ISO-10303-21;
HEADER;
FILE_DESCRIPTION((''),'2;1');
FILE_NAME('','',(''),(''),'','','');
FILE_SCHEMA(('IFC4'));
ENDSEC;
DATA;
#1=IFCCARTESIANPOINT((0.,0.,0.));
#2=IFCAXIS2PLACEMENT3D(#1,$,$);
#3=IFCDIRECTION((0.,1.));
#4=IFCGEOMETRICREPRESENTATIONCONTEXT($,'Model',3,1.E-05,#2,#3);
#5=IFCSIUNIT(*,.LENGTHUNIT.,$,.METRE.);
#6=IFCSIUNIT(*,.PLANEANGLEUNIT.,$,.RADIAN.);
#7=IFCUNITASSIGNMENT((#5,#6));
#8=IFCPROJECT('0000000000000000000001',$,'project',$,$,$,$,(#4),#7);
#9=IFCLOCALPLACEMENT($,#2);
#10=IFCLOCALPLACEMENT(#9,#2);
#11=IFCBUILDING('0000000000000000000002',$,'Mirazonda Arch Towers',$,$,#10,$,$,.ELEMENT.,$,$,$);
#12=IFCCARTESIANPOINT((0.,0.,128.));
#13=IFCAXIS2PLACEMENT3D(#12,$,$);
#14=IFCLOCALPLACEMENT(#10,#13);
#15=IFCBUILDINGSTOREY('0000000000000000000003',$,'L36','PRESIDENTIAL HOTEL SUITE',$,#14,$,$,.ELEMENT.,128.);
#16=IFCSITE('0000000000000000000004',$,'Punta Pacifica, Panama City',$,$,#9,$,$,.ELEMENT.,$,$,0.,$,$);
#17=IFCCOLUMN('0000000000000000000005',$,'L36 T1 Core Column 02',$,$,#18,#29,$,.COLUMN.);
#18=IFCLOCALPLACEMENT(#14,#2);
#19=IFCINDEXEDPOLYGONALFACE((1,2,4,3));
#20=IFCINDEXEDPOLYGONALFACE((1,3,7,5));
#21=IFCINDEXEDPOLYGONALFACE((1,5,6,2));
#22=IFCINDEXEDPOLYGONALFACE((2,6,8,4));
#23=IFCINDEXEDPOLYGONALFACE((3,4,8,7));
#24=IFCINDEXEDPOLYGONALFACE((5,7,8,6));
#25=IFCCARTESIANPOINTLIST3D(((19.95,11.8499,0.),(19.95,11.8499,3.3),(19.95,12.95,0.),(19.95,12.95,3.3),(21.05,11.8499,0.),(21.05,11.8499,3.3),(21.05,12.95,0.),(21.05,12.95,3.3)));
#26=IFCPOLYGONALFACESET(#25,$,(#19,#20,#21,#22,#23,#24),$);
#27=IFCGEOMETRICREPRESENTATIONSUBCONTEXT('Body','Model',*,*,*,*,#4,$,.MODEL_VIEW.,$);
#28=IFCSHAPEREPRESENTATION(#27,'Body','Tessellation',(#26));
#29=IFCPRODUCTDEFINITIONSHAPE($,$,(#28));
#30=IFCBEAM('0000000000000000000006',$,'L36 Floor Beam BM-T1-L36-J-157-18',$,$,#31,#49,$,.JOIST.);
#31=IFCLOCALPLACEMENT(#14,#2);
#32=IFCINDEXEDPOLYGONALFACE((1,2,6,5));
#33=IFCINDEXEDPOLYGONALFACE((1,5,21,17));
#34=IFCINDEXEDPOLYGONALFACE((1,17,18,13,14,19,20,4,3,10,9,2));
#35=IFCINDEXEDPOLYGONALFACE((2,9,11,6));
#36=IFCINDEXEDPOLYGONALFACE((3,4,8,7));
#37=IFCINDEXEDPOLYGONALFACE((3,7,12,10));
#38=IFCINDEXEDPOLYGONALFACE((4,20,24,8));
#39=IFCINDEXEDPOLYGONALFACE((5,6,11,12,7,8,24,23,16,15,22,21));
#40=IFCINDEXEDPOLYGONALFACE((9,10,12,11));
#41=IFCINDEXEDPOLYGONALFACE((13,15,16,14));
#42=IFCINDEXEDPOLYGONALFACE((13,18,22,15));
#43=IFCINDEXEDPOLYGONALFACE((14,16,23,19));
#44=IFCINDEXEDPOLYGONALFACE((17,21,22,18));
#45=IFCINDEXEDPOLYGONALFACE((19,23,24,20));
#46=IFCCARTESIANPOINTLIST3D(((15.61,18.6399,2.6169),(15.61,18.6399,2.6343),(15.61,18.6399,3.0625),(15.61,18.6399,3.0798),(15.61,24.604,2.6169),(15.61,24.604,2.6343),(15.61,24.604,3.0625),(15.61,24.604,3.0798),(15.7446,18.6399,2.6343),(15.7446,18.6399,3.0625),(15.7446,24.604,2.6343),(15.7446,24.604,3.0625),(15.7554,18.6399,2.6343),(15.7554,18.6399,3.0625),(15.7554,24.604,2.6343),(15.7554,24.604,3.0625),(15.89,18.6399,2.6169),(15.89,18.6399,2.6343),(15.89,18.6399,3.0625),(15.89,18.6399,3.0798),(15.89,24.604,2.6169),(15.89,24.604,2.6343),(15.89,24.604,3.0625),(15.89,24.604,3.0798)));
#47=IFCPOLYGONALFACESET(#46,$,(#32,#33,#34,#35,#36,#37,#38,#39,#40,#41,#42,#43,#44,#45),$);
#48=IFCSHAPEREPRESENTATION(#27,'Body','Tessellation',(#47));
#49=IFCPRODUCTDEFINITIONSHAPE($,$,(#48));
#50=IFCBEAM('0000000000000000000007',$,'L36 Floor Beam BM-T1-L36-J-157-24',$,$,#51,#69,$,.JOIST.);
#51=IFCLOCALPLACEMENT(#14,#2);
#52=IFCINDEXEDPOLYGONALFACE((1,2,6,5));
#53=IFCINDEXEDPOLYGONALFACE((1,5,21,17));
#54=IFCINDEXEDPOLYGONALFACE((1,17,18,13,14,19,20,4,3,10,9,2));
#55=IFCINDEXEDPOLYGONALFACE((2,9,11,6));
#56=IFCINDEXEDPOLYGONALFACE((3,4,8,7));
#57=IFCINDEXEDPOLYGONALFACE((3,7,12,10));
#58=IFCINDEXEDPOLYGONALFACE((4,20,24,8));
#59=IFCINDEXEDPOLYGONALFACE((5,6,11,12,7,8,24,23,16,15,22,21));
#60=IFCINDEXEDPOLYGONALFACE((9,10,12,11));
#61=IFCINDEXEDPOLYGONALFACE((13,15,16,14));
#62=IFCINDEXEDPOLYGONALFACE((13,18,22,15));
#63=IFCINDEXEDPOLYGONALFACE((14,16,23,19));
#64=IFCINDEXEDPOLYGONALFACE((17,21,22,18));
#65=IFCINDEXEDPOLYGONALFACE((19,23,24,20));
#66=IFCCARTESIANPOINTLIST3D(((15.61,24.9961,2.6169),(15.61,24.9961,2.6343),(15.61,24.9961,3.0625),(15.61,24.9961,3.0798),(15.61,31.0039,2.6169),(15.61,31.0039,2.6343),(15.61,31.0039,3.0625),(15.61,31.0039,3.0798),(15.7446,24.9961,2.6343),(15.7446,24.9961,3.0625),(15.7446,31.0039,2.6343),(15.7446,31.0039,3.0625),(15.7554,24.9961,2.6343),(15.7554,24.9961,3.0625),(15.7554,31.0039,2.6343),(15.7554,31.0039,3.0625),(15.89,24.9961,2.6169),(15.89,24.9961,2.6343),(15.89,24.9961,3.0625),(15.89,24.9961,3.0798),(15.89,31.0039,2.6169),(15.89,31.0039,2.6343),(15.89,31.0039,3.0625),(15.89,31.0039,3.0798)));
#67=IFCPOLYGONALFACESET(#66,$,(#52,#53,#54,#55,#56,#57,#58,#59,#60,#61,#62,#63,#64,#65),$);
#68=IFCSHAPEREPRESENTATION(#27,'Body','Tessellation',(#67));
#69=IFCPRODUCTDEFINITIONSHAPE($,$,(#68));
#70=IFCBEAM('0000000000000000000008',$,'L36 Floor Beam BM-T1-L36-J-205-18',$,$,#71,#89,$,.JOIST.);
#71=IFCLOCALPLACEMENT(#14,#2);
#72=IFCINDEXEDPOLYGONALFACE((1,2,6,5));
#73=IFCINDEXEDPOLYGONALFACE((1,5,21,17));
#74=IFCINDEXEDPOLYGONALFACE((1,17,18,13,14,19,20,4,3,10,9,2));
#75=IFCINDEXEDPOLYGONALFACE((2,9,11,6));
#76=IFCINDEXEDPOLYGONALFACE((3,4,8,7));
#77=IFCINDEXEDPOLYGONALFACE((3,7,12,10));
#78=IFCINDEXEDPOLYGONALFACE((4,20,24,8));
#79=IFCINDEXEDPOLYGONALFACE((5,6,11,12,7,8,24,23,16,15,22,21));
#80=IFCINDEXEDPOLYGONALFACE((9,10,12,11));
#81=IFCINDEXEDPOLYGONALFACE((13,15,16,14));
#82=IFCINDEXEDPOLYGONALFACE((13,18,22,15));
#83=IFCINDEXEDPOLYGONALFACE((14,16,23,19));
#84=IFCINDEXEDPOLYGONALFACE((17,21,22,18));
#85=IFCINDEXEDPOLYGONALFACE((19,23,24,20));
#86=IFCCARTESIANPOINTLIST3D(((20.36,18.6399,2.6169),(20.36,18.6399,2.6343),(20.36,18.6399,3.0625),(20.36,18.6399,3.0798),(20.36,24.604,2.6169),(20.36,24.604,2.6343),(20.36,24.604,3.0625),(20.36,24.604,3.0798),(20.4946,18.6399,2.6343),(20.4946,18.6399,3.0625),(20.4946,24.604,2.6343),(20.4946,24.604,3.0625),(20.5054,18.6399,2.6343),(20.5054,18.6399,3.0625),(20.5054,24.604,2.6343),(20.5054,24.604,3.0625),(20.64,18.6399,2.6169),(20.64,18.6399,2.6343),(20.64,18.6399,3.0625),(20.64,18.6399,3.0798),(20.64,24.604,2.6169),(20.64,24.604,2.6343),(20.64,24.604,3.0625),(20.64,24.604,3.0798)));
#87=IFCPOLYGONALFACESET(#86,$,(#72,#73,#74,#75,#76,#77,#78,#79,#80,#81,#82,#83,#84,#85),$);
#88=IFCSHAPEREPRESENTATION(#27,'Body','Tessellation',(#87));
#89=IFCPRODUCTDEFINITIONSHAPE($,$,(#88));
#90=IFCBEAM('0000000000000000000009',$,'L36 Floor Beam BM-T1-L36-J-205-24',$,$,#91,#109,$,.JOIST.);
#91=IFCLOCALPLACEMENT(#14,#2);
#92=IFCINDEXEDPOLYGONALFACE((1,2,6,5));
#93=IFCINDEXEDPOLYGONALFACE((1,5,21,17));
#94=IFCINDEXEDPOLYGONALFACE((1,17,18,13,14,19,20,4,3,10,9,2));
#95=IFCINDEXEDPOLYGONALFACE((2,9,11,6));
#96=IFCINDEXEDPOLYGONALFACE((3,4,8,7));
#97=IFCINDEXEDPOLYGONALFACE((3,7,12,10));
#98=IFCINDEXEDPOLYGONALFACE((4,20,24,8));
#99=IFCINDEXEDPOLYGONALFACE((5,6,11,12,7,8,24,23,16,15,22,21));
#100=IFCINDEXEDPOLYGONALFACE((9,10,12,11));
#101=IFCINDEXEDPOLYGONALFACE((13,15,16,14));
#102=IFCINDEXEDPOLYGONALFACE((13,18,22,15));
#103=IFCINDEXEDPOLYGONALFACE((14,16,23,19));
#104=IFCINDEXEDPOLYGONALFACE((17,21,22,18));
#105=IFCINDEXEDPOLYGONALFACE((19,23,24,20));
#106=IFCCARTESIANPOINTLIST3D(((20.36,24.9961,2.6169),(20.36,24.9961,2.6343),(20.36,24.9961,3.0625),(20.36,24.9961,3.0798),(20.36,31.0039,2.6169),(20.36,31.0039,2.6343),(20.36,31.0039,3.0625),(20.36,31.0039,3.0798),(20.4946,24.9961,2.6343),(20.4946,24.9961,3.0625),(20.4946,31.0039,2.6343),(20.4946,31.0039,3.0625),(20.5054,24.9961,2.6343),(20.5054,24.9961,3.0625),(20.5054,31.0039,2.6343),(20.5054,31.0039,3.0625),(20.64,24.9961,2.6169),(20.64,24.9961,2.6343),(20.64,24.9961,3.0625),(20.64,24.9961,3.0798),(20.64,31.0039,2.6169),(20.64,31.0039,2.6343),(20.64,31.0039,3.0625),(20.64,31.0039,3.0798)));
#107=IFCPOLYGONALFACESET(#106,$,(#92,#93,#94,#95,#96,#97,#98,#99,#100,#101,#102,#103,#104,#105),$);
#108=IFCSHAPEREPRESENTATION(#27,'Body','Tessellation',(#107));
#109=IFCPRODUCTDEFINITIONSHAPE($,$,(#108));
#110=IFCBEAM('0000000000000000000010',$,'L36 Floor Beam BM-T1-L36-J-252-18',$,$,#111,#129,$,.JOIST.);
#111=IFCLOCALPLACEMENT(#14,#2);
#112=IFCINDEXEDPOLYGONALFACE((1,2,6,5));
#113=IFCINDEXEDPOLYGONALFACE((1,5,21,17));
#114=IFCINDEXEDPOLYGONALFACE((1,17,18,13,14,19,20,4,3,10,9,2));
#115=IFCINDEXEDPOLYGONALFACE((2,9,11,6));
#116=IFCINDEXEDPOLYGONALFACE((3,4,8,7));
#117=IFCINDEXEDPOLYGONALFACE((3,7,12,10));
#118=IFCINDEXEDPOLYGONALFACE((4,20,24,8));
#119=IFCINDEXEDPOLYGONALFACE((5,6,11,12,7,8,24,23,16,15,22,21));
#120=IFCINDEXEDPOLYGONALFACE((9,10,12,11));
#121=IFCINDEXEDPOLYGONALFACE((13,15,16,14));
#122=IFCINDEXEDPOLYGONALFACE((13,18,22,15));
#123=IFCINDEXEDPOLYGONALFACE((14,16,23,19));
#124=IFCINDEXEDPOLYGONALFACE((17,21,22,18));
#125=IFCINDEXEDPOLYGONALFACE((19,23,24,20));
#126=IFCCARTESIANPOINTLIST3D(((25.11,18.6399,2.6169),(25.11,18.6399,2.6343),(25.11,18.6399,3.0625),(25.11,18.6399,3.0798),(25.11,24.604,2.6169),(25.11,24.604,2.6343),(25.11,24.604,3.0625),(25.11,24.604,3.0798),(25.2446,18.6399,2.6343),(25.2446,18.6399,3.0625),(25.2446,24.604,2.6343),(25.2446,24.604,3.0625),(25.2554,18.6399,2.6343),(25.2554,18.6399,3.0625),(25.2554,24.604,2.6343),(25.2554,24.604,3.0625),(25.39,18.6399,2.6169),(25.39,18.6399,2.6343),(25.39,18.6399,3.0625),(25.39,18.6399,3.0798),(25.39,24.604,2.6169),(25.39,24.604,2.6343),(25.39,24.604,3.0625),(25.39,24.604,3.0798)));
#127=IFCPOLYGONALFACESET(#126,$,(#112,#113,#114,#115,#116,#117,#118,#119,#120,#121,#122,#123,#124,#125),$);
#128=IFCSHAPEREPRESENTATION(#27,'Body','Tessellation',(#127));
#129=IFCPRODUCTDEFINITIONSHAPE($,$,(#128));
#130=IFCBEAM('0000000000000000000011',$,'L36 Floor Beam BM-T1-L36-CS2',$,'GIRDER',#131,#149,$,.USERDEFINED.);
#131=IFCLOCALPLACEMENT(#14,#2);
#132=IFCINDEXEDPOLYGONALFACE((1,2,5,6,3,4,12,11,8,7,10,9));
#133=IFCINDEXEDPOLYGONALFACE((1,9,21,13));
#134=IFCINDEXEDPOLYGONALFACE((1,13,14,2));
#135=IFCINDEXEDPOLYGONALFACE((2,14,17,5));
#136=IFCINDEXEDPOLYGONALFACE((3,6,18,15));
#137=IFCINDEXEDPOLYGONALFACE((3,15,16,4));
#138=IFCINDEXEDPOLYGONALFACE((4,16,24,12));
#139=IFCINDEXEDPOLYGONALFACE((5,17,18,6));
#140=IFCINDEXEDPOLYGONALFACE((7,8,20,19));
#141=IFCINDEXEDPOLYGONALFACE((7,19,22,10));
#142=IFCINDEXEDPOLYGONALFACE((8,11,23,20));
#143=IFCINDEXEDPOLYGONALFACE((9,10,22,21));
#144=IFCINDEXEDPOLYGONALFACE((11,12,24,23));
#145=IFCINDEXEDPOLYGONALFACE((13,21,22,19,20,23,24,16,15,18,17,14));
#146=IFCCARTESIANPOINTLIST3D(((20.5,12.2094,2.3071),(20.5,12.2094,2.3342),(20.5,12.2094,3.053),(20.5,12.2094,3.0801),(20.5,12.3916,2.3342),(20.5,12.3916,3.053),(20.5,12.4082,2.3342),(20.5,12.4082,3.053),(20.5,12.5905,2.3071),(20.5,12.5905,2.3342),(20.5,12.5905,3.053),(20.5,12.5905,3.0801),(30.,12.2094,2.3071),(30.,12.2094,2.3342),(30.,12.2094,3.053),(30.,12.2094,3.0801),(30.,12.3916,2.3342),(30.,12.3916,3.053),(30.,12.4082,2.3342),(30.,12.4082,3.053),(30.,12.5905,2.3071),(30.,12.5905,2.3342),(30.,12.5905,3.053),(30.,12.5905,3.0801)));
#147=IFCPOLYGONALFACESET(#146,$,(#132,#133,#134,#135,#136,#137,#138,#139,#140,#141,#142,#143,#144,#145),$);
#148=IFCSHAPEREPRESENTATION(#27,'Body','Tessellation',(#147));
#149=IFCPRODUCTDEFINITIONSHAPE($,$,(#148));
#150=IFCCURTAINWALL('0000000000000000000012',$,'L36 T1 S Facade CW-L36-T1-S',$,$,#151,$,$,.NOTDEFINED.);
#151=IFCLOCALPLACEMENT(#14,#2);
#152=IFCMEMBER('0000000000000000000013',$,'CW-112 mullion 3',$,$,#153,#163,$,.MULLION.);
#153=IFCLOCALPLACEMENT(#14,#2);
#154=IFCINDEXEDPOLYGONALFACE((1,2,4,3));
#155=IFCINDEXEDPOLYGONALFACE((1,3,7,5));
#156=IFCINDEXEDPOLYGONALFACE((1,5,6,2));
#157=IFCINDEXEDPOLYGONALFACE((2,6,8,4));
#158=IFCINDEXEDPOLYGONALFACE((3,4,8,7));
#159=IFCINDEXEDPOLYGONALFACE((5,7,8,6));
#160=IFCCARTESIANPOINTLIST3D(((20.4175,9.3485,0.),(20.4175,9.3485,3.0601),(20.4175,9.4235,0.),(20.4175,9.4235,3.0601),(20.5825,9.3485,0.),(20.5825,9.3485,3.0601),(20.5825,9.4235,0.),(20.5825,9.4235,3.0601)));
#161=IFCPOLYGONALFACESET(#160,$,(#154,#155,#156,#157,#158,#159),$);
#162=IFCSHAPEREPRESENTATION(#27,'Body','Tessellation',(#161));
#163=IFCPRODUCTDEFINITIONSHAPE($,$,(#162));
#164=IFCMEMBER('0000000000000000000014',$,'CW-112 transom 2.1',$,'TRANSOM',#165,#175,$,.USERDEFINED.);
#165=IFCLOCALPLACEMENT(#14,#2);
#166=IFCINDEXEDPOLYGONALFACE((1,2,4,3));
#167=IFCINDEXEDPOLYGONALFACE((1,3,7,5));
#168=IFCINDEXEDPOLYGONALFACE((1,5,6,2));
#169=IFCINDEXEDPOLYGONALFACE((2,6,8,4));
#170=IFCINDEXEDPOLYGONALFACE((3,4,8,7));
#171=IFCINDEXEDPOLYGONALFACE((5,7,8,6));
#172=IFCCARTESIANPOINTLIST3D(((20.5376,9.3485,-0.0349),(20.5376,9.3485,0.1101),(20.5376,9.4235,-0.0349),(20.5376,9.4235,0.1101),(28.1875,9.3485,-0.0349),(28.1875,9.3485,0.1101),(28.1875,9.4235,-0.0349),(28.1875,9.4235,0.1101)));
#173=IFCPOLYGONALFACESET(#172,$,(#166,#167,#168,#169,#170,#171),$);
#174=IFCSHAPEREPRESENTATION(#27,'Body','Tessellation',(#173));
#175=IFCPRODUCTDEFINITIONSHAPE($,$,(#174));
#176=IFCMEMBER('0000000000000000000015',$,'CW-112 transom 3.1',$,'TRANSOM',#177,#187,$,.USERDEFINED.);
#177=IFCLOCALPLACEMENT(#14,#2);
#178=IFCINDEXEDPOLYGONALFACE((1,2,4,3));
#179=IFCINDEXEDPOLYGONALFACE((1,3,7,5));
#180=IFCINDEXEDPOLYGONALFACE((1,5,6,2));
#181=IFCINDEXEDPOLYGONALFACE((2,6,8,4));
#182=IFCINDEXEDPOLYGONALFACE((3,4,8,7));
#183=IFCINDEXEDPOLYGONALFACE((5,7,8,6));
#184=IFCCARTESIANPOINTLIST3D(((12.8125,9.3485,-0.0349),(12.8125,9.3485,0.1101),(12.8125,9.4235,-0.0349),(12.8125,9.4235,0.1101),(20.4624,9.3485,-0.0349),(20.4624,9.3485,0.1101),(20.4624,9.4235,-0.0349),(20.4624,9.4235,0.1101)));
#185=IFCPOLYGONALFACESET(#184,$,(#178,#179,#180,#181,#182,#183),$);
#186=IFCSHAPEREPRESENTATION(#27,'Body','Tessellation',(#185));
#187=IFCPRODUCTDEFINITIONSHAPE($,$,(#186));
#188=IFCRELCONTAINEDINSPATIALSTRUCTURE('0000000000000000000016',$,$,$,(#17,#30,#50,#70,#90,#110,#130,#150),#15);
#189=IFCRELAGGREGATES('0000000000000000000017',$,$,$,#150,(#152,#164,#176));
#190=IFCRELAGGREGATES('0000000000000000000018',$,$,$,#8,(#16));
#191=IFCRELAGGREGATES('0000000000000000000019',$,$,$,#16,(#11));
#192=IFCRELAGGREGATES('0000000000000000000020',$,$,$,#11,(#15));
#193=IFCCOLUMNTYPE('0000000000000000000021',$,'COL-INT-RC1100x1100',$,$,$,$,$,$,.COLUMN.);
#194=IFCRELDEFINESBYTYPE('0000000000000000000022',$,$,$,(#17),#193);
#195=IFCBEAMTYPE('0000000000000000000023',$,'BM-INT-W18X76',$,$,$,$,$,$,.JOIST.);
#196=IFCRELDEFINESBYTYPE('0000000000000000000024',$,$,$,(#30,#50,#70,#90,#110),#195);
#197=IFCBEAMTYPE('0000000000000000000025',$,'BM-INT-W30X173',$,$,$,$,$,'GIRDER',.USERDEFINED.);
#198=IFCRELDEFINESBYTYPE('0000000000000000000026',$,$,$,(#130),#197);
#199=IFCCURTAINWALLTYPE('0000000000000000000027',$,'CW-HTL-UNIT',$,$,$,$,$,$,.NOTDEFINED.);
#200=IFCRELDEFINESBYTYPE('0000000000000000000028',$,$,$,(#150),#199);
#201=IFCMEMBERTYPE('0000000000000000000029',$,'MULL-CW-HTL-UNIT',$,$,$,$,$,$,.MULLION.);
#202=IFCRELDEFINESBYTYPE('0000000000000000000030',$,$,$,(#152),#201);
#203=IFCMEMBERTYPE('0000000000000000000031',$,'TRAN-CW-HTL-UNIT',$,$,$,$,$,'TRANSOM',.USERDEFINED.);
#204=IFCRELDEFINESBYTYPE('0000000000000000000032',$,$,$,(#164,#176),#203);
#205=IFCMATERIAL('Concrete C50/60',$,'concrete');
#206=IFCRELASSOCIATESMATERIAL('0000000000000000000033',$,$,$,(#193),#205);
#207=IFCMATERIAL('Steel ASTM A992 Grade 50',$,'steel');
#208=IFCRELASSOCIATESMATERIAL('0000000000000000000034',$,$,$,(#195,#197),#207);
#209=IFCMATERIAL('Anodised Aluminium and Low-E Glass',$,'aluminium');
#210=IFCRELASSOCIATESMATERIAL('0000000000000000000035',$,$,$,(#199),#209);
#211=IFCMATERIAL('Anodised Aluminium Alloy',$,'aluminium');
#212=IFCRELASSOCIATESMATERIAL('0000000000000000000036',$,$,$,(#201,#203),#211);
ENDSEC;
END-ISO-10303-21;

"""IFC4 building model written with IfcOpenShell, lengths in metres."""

from ifc_helpers import new_model, si_unit, direction, frame, origin, origin_2d, place, context, subcontext, project, spatial, rectangle, i_section, extrude, material, material_profile, profile_set, type_object, element, aggregate, save


model = new_model("IFC4")

# Units and contexts
model_context = context("Model", 3, precision=1e-05, world=origin(), true_north=direction((0.0, 1.0)))
body_context = subcontext(model_context, "Body", "Model", "MODEL_VIEW")
ifc_project = project(units=[si_unit("LENGTHUNIT", "METRE"), si_unit("PLANEANGLEUNIT", "RADIAN")], contexts=[model_context])

# Site, building, storey
site_placement = place(None, origin())
site = spatial("IfcSite", under=ifc_project, at=site_placement, Name="Punta Pacifica, Panama City", CompositionType="ELEMENT", RefElevation=0.0)
building_placement = place(site_placement, origin())
building = spatial("IfcBuilding", under=site, at=building_placement, Name="Mirazonda Arch Towers", CompositionType="ELEMENT")
storey_placement = place(building_placement, frame((0.0, 0.0, 128.0)))
storey = spatial("IfcBuildingStorey", under=building, at=storey_placement, Name="L36", Description="PRESIDENTIAL HOTEL SUITE", CompositionType="ELEMENT", Elevation=128.0)

# Column
ifc_material_1 = material(Name="Concrete C50/60", Category="concrete")
ifc_material_profile_1 = material_profile(ifc_material_1, rectangle(XDim=1.1001, YDim=1.1001, at=origin_2d()), Name="RC1100x1100")
ifc_profile_set_1 = profile_set([ifc_material_profile_1], Name="Concrete C50/60")
column_type = type_object("IfcColumnType", Name="COL-INT-RC1100x1100", PredefinedType="COLUMN", material=ifc_profile_set_1)
column_placement = place(storey_placement, frame((20.5, 12.3999, 0.0), z_axis=(0.0, 0.0, 1.0), x_axis=(1.0, 0.0, 0.0)))
element("IfcColumn", 1, at=column_placement, inside=storey, type_object=column_type, Name="L36 T1 Core Column 02", PredefinedType="COLUMN", context=body_context, shape_type="SweptSolid", body=[
    extrude(rectangle(XDim=1.1001, YDim=1.1001, at=origin_2d()), origin(), (0.0, 0.0, 1.0), 3.3),
])

# Beams
ifc_material_2 = material(Name="Steel ASTM A992 Grade 50", Category="steel")
ifc_material_profile_2 = material_profile(ifc_material_2, i_section(OverallWidth=0.28, OverallDepth=0.4629, WebThickness=0.0107, FlangeThickness=0.0173, at=origin_2d()), Name="W18X76")
ifc_profile_set_2 = profile_set([ifc_material_profile_2], Name="Steel ASTM A992 Grade 50")
beam_type_1 = type_object("IfcBeamType", Name="BM-INT-W18X76", PredefinedType="JOIST", material=ifc_profile_set_2)
beam_1_placement = place(storey_placement, frame((15.75, 18.6399, 2.8484), z_axis=(0.0, 1.0, 0.0), x_axis=(-1.0, 0.0, 0.0)))
element("IfcBeam", 2, at=beam_1_placement, inside=storey, type_object=beam_type_1, Name="L36 Floor Beam BM-T1-L36-J-157-18", PredefinedType="JOIST", context=body_context, shape_type="SweptSolid", body=[
    extrude(i_section(OverallWidth=0.28, OverallDepth=0.4629, WebThickness=0.0107, FlangeThickness=0.0173, at=origin_2d()), origin(), (0.0, 0.0, 1.0), 5.9641),
])
beam_2_placement = place(storey_placement, frame((15.75, 24.9961, 2.8484), z_axis=(0.0, 1.0, 0.0), x_axis=(-1.0, 0.0, 0.0)))
element("IfcBeam", 3, at=beam_2_placement, inside=storey, type_object=beam_type_1, Name="L36 Floor Beam BM-T1-L36-J-157-24", PredefinedType="JOIST", context=body_context, shape_type="SweptSolid", body=[
    extrude(i_section(OverallWidth=0.28, OverallDepth=0.4629, WebThickness=0.0107, FlangeThickness=0.0173, at=origin_2d()), origin(), (0.0, 0.0, 1.0), 6.0078),
])
beam_3_placement = place(storey_placement, frame((20.5, 18.6399, 2.8484), z_axis=(0.0, 1.0, 0.0), x_axis=(-1.0, 0.0, 0.0)))
element("IfcBeam", 4, at=beam_3_placement, inside=storey, type_object=beam_type_1, Name="L36 Floor Beam BM-T1-L36-J-205-18", PredefinedType="JOIST", context=body_context, shape_type="SweptSolid", body=[
    extrude(i_section(OverallWidth=0.28, OverallDepth=0.4629, WebThickness=0.0107, FlangeThickness=0.0173, at=origin_2d()), origin(), (0.0, 0.0, 1.0), 5.9641),
])
beam_4_placement = place(storey_placement, frame((20.5, 24.9961, 2.8484), z_axis=(0.0, 1.0, 0.0), x_axis=(-1.0, 0.0, 0.0)))
element("IfcBeam", 5, at=beam_4_placement, inside=storey, type_object=beam_type_1, Name="L36 Floor Beam BM-T1-L36-J-205-24", PredefinedType="JOIST", context=body_context, shape_type="SweptSolid", body=[
    extrude(i_section(OverallWidth=0.28, OverallDepth=0.4629, WebThickness=0.0107, FlangeThickness=0.0173, at=origin_2d()), origin(), (0.0, 0.0, 1.0), 6.0078),
])
beam_5_placement = place(storey_placement, frame((25.25, 18.6399, 2.8484), z_axis=(0.0, 1.0, 0.0), x_axis=(-1.0, 0.0, 0.0)))
element("IfcBeam", 6, at=beam_5_placement, inside=storey, type_object=beam_type_1, Name="L36 Floor Beam BM-T1-L36-J-252-18", PredefinedType="JOIST", context=body_context, shape_type="SweptSolid", body=[
    extrude(i_section(OverallWidth=0.28, OverallDepth=0.4629, WebThickness=0.0107, FlangeThickness=0.0173, at=origin_2d()), origin(), (0.0, 0.0, 1.0), 5.9641),
])
ifc_material_profile_3 = material_profile(ifc_material_2, i_section(OverallWidth=0.3811, OverallDepth=0.7729, WebThickness=0.0166, FlangeThickness=0.0271, at=origin_2d()), Name="W30X173")
ifc_profile_set_3 = profile_set([ifc_material_profile_3], Name="Steel ASTM A992 Grade 50")
beam_type_2 = type_object("IfcBeamType", Name="BM-INT-W30X173", ElementType="GIRDER", PredefinedType="USERDEFINED", material=ifc_profile_set_3)
beam_6_placement = place(storey_placement, frame((20.5, 12.3999, 2.6936), z_axis=(1.0, 0.0, 0.0), x_axis=(0.0, 1.0, 0.0)))
element("IfcBeam", 7, at=beam_6_placement, inside=storey, type_object=beam_type_2, Name="L36 Floor Beam BM-T1-L36-CS2", ObjectType="GIRDER", PredefinedType="USERDEFINED", context=body_context, shape_type="SweptSolid", body=[
    extrude(i_section(OverallWidth=0.3811, OverallDepth=0.7729, WebThickness=0.0166, FlangeThickness=0.0271, at=origin_2d()), origin(), (0.0, 0.0, 1.0), 9.5),
])

# Curtain wall, members
ifc_material_3 = material(Name="Anodised Aluminium and Low-E Glass", Category="aluminium")
curtain_wall_type = type_object("IfcCurtainWallType", Name="CW-HTL-UNIT", PredefinedType="NOTDEFINED", material=ifc_material_3)
curtain_wall_placement = place(storey_placement, origin())
curtain_wall = element("IfcCurtainWall", 8, at=curtain_wall_placement, inside=storey, type_object=curtain_wall_type, Name="L36 T1 S Facade CW-L36-T1-S", PredefinedType="NOTDEFINED")
ifc_material_4 = material(Name="Anodised Aluminium Alloy", Category="aluminium")
ifc_material_profile_4 = material_profile(ifc_material_4, rectangle(XDim=0.075, YDim=0.165, at=origin_2d()), Name="ALU-MULL-75x165")
ifc_profile_set_4 = profile_set([ifc_material_profile_4], Name="Anodised Aluminium Alloy")
member_type_1 = type_object("IfcMemberType", Name="MULL-CW-HTL-UNIT", PredefinedType="MULLION", material=ifc_profile_set_4)
member_1_placement = place(storey_placement, frame((20.5, 9.386, 0.0), z_axis=(0.0, 0.0, 1.0), x_axis=(0.0, -1.0, 0.0)))
member_1 = element("IfcMember", 9, at=member_1_placement, type_object=member_type_1, Name="CW-112 mullion 3", PredefinedType="MULLION", context=body_context, shape_type="SweptSolid", body=[
    extrude(rectangle(XDim=0.075, YDim=0.165, at=origin_2d()), origin(), (0.0, 0.0, 1.0), 3.0601),
])
ifc_material_profile_5 = material_profile(ifc_material_4, rectangle(XDim=0.075, YDim=0.145, at=origin_2d()), Name="ALU-TRAN-75x145")
ifc_profile_set_5 = profile_set([ifc_material_profile_5], Name="Anodised Aluminium Alloy")
member_type_2 = type_object("IfcMemberType", Name="TRAN-CW-HTL-UNIT", ElementType="TRANSOM", PredefinedType="USERDEFINED", material=ifc_profile_set_5)
member_2_placement = place(storey_placement, frame((28.1875, 9.386, 0.0376), z_axis=(-1.0, 0.0, 0.0), x_axis=(0.0, -1.0, 0.0)))
member_2 = element("IfcMember", 10, at=member_2_placement, type_object=member_type_2, Name="CW-112 transom 2.1", ObjectType="TRANSOM", PredefinedType="USERDEFINED", context=body_context, shape_type="SweptSolid", body=[
    extrude(rectangle(XDim=0.075, YDim=0.145, at=origin_2d()), origin(), (0.0, 0.0, 1.0), 7.6499),
])
member_3_placement = place(storey_placement, frame((20.4624, 9.386, 0.0376), z_axis=(-1.0, 0.0, 0.0), x_axis=(0.0, -1.0, 0.0)))
member_3 = element("IfcMember", 11, at=member_3_placement, type_object=member_type_2, Name="CW-112 transom 3.1", ObjectType="TRANSOM", PredefinedType="USERDEFINED", context=body_context, shape_type="SweptSolid", body=[
    extrude(rectangle(XDim=0.075, YDim=0.145, at=origin_2d()), origin(), (0.0, 0.0, 1.0), 7.6499),
])
aggregate(curtain_wall, [member_1, member_2, member_3])

save(model, "model.ifc")
